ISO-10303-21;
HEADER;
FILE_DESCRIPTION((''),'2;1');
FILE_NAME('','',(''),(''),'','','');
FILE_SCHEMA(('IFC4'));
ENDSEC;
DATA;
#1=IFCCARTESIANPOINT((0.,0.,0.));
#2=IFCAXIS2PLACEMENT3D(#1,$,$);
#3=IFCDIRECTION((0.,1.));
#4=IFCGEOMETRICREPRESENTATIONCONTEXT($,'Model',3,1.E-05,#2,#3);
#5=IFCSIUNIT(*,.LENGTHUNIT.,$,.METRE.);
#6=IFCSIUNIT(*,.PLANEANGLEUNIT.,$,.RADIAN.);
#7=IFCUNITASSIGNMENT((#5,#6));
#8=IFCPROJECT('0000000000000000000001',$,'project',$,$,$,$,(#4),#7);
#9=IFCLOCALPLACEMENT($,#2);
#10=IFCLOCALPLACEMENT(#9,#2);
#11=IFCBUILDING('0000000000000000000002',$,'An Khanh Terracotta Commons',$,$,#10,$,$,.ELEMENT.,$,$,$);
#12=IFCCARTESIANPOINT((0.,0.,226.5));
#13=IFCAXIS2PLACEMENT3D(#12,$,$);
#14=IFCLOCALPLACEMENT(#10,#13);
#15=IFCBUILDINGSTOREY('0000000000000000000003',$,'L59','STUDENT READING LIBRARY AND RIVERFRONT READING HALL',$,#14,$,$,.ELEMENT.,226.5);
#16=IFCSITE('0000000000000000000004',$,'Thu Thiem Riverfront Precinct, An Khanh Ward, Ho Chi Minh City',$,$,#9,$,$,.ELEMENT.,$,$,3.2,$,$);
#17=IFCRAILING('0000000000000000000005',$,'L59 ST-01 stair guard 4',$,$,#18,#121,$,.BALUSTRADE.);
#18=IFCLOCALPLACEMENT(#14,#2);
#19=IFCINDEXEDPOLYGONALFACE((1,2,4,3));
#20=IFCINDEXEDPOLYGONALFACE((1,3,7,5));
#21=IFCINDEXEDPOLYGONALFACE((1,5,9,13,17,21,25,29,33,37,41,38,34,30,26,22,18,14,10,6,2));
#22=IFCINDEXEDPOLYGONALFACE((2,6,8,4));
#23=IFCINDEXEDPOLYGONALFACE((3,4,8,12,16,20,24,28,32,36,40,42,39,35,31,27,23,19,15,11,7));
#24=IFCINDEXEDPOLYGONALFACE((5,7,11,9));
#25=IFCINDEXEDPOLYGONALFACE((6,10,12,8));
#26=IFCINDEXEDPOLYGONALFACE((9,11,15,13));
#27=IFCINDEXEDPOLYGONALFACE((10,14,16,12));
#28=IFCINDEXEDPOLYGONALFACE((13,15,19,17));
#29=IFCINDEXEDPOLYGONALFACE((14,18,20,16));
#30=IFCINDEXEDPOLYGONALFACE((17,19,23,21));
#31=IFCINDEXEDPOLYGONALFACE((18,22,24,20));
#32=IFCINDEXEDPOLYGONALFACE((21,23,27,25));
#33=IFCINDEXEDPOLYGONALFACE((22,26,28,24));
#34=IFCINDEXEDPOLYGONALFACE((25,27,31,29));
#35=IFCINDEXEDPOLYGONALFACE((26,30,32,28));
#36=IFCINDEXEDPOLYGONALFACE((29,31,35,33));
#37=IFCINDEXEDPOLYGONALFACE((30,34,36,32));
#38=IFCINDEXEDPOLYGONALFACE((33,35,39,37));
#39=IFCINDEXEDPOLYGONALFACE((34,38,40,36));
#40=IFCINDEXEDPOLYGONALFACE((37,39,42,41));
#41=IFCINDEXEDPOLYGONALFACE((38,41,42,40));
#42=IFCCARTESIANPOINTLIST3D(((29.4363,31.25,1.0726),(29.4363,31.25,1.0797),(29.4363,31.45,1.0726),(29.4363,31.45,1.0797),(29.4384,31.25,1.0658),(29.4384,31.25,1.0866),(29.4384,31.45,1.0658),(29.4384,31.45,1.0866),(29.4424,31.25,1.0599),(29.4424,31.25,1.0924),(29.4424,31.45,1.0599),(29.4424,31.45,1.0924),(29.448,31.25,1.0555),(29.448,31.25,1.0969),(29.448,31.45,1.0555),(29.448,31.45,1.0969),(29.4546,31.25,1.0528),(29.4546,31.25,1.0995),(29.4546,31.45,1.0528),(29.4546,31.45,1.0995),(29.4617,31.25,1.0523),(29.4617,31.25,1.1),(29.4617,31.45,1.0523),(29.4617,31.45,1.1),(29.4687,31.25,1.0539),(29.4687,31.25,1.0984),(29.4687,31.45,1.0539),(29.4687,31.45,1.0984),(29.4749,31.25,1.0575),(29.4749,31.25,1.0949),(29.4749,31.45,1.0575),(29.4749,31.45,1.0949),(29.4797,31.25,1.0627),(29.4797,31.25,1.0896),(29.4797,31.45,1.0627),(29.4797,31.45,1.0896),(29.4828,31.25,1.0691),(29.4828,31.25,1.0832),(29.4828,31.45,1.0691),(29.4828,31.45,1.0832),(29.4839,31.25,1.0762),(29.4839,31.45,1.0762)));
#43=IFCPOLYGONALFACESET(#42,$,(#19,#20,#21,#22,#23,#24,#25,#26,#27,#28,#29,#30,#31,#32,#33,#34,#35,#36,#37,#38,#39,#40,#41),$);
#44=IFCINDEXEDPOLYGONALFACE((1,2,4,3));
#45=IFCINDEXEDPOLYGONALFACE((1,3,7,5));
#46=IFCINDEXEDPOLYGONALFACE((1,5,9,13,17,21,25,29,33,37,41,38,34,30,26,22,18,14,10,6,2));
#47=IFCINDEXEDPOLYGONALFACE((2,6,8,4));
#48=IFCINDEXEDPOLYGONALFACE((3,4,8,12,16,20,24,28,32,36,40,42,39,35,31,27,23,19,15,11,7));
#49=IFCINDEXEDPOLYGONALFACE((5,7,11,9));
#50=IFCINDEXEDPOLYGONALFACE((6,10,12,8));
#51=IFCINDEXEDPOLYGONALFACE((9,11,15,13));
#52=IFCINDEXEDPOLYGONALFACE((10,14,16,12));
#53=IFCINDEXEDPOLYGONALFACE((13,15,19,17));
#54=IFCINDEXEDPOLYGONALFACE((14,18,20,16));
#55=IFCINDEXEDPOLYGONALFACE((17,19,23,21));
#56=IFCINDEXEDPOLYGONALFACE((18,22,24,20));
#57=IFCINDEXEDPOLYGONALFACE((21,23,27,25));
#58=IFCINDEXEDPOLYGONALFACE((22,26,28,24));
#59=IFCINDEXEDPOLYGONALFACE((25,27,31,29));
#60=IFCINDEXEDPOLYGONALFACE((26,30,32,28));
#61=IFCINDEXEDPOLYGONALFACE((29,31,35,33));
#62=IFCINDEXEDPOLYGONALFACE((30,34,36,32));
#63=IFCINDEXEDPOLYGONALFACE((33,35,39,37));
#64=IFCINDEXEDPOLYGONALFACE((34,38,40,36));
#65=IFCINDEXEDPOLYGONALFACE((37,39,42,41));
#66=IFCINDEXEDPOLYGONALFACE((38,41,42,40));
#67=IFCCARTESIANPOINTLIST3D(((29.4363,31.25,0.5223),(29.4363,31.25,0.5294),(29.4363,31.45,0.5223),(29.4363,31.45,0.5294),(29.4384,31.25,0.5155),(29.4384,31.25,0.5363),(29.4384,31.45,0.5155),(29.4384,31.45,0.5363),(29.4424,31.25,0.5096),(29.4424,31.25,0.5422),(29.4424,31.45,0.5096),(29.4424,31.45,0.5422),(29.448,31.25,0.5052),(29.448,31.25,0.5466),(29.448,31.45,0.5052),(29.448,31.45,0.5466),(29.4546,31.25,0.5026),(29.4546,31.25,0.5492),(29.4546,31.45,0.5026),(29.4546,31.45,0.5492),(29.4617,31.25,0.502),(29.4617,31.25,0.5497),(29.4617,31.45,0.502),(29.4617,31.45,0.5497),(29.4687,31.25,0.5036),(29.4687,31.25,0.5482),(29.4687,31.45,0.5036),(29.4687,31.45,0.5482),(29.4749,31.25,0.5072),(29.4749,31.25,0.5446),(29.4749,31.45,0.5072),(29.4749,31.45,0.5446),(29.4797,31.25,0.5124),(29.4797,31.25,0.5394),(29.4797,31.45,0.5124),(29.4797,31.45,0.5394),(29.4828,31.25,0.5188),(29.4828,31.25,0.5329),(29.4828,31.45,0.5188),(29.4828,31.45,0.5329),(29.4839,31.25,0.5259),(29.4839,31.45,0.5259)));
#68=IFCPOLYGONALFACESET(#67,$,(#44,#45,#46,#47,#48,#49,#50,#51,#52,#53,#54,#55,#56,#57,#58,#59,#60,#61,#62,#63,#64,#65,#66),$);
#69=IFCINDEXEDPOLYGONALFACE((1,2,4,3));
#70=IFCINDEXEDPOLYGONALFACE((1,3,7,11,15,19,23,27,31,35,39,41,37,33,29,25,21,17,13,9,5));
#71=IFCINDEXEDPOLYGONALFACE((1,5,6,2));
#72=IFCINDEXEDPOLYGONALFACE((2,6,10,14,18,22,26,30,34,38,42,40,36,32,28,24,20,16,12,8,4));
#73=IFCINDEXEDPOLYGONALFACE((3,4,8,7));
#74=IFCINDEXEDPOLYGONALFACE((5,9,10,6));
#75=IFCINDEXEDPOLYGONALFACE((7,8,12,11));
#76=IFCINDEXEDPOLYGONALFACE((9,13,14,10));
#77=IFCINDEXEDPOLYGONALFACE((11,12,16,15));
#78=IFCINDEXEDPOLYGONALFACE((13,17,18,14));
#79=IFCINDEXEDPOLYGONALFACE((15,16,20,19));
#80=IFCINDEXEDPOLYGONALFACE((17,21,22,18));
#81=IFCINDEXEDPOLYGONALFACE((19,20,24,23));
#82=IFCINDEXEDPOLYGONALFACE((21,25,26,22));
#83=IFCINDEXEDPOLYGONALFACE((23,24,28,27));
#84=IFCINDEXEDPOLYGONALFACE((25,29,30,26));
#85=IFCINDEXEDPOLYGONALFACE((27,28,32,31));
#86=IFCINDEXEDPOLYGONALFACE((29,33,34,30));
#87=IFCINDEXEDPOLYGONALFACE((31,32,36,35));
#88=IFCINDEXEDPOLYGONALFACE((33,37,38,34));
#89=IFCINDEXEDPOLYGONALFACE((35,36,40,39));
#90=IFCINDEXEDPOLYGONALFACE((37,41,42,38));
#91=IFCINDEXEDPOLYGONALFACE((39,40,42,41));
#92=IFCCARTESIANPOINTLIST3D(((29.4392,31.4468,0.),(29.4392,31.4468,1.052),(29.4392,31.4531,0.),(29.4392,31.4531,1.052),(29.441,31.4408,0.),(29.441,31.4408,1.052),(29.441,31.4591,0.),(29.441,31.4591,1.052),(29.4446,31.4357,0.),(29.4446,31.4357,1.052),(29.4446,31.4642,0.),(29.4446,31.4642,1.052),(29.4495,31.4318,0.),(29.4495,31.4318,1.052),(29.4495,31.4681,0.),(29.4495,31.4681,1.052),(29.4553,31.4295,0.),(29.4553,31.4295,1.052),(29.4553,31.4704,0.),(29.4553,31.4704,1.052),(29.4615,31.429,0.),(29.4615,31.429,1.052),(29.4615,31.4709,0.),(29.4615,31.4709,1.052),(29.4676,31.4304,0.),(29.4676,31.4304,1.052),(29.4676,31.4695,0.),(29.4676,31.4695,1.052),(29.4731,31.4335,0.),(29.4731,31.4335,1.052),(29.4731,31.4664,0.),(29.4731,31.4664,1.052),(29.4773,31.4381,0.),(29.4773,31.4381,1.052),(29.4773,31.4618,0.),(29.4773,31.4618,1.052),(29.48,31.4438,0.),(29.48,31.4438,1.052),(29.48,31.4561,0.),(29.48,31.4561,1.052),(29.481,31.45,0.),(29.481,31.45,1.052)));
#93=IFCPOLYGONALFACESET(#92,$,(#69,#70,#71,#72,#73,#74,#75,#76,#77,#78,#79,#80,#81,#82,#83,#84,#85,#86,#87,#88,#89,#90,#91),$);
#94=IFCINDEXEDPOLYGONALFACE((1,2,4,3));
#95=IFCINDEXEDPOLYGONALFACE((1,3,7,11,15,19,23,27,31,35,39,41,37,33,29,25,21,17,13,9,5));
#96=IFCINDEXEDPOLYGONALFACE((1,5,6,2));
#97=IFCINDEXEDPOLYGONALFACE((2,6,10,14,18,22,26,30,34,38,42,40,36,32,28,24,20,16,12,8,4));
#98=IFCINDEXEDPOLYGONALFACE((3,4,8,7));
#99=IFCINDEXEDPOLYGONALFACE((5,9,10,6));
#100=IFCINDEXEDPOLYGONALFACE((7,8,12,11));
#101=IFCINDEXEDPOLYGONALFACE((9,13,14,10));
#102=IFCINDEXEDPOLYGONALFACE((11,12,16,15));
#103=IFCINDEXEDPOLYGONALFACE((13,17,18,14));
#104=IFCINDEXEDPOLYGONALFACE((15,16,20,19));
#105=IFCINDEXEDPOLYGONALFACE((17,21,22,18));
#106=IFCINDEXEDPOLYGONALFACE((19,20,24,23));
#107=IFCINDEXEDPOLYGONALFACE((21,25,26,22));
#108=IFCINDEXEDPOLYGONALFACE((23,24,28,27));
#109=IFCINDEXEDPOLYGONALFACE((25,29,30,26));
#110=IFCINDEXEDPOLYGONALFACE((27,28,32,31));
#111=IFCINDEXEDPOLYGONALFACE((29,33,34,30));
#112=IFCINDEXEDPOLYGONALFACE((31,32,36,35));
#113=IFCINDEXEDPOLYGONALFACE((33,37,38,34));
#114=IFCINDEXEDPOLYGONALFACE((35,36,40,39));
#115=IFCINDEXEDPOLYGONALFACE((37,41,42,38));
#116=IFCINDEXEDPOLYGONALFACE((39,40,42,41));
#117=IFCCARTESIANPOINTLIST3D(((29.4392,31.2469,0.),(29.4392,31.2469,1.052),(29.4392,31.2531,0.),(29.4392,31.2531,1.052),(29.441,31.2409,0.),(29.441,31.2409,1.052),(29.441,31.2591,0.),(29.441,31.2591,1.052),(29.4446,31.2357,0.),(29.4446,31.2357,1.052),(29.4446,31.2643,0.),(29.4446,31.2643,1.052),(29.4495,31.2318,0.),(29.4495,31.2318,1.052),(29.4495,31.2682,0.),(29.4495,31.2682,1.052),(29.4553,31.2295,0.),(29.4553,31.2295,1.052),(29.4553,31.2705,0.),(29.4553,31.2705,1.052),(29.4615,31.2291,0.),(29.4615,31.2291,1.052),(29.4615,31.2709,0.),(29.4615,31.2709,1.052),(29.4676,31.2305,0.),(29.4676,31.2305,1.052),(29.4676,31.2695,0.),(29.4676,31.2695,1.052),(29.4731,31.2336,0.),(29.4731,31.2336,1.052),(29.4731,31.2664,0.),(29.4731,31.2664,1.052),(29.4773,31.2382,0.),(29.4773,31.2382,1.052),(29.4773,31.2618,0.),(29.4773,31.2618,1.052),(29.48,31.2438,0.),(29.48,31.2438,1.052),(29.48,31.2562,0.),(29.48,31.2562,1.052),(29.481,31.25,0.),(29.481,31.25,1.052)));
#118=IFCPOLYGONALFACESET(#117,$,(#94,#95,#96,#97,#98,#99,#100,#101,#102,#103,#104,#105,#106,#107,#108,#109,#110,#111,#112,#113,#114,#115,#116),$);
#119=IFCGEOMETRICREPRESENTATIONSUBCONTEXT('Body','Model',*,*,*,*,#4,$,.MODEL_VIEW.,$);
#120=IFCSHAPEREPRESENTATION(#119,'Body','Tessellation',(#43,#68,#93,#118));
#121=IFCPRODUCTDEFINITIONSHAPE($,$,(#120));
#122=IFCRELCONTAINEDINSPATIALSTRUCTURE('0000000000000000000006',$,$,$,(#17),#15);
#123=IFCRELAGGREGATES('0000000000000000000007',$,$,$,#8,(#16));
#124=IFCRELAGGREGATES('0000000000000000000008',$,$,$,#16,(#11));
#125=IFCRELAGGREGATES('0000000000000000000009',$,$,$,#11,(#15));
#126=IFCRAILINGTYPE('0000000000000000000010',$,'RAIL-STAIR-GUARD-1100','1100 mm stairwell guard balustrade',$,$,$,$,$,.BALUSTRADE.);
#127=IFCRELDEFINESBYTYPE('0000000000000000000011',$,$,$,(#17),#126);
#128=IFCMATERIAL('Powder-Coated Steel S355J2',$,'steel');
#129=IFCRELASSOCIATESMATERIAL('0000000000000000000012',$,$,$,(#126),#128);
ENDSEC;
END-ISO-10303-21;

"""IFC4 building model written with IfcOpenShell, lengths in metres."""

from ifc_helpers import new_model, si_unit, direction, frame, origin, origin_2d, place, context, subcontext, project, spatial, circle, extrude, material, type_object, element, save


model = new_model("IFC4")

# Units and contexts
model_context = context("Model", 3, precision=1e-05, world=origin(), true_north=direction((0.0, 1.0)))
body_context = subcontext(model_context, "Body", "Model", "MODEL_VIEW")
ifc_project = project(units=[si_unit("LENGTHUNIT", "METRE"), si_unit("PLANEANGLEUNIT", "RADIAN")], contexts=[model_context])

# Site, building, storey
site_placement = place(None, origin())
site = spatial("IfcSite", under=ifc_project, at=site_placement, Name="Thu Thiem Riverfront Precinct, An Khanh Ward, Ho Chi Minh City", CompositionType="ELEMENT", RefElevation=3.2)
building_placement = place(site_placement, origin())
building = spatial("IfcBuilding", under=site, at=building_placement, Name="An Khanh Terracotta Commons", CompositionType="ELEMENT")
storey_placement = place(building_placement, frame((0.0, 0.0, 226.5)))
storey = spatial("IfcBuildingStorey", under=building, at=storey_placement, Name="L59", Description="STUDENT READING LIBRARY AND RIVERFRONT READING HALL", CompositionType="ELEMENT", Elevation=226.5)

# Railing
ifc_material_1 = material(Name="Powder-Coated Steel S355J2", Category="steel")
railing_type_1 = type_object("IfcRailingType", Name="RAIL-STAIR-GUARD-1100", Description="1100 mm stairwell guard balustrade", PredefinedType="BALUSTRADE", material=ifc_material_1)
railing_1_placement = place(storey_placement, frame((29.46, 31.45, 0.0)))
element("IfcRailing", 1, at=railing_1_placement, inside=storey, type_object=railing_type_1, Name="L59 ST-01 stair guard 4", PredefinedType="BALUSTRADE", context=body_context, shape_type="SweptSolid", body=[
    extrude(circle(Radius=0.0239, at=origin_2d()), frame((0.0, 0.0, 1.0762), z_axis=(0.0, -1.0, 0.0), x_axis=(1.0, 0.0, 0.0)), (0.0, 0.0, 1.0), 0.2),
    extrude(circle(Radius=0.0239, at=origin_2d()), frame((0.0, 0.0, 0.5259), z_axis=(0.0, -1.0, 0.0), x_axis=(1.0, 0.0, 0.0)), (0.0, 0.0, 1.0), 0.2),
    extrude(circle(Radius=0.021, at=origin_2d()), origin(), (0.0, 0.0, 1.0), 1.052),
    extrude(circle(Radius=0.021, at=origin_2d()), frame((0.0, -0.2, 0.0)), (0.0, 0.0, 1.0), 1.052),
])

save(model, "model.ifc")
